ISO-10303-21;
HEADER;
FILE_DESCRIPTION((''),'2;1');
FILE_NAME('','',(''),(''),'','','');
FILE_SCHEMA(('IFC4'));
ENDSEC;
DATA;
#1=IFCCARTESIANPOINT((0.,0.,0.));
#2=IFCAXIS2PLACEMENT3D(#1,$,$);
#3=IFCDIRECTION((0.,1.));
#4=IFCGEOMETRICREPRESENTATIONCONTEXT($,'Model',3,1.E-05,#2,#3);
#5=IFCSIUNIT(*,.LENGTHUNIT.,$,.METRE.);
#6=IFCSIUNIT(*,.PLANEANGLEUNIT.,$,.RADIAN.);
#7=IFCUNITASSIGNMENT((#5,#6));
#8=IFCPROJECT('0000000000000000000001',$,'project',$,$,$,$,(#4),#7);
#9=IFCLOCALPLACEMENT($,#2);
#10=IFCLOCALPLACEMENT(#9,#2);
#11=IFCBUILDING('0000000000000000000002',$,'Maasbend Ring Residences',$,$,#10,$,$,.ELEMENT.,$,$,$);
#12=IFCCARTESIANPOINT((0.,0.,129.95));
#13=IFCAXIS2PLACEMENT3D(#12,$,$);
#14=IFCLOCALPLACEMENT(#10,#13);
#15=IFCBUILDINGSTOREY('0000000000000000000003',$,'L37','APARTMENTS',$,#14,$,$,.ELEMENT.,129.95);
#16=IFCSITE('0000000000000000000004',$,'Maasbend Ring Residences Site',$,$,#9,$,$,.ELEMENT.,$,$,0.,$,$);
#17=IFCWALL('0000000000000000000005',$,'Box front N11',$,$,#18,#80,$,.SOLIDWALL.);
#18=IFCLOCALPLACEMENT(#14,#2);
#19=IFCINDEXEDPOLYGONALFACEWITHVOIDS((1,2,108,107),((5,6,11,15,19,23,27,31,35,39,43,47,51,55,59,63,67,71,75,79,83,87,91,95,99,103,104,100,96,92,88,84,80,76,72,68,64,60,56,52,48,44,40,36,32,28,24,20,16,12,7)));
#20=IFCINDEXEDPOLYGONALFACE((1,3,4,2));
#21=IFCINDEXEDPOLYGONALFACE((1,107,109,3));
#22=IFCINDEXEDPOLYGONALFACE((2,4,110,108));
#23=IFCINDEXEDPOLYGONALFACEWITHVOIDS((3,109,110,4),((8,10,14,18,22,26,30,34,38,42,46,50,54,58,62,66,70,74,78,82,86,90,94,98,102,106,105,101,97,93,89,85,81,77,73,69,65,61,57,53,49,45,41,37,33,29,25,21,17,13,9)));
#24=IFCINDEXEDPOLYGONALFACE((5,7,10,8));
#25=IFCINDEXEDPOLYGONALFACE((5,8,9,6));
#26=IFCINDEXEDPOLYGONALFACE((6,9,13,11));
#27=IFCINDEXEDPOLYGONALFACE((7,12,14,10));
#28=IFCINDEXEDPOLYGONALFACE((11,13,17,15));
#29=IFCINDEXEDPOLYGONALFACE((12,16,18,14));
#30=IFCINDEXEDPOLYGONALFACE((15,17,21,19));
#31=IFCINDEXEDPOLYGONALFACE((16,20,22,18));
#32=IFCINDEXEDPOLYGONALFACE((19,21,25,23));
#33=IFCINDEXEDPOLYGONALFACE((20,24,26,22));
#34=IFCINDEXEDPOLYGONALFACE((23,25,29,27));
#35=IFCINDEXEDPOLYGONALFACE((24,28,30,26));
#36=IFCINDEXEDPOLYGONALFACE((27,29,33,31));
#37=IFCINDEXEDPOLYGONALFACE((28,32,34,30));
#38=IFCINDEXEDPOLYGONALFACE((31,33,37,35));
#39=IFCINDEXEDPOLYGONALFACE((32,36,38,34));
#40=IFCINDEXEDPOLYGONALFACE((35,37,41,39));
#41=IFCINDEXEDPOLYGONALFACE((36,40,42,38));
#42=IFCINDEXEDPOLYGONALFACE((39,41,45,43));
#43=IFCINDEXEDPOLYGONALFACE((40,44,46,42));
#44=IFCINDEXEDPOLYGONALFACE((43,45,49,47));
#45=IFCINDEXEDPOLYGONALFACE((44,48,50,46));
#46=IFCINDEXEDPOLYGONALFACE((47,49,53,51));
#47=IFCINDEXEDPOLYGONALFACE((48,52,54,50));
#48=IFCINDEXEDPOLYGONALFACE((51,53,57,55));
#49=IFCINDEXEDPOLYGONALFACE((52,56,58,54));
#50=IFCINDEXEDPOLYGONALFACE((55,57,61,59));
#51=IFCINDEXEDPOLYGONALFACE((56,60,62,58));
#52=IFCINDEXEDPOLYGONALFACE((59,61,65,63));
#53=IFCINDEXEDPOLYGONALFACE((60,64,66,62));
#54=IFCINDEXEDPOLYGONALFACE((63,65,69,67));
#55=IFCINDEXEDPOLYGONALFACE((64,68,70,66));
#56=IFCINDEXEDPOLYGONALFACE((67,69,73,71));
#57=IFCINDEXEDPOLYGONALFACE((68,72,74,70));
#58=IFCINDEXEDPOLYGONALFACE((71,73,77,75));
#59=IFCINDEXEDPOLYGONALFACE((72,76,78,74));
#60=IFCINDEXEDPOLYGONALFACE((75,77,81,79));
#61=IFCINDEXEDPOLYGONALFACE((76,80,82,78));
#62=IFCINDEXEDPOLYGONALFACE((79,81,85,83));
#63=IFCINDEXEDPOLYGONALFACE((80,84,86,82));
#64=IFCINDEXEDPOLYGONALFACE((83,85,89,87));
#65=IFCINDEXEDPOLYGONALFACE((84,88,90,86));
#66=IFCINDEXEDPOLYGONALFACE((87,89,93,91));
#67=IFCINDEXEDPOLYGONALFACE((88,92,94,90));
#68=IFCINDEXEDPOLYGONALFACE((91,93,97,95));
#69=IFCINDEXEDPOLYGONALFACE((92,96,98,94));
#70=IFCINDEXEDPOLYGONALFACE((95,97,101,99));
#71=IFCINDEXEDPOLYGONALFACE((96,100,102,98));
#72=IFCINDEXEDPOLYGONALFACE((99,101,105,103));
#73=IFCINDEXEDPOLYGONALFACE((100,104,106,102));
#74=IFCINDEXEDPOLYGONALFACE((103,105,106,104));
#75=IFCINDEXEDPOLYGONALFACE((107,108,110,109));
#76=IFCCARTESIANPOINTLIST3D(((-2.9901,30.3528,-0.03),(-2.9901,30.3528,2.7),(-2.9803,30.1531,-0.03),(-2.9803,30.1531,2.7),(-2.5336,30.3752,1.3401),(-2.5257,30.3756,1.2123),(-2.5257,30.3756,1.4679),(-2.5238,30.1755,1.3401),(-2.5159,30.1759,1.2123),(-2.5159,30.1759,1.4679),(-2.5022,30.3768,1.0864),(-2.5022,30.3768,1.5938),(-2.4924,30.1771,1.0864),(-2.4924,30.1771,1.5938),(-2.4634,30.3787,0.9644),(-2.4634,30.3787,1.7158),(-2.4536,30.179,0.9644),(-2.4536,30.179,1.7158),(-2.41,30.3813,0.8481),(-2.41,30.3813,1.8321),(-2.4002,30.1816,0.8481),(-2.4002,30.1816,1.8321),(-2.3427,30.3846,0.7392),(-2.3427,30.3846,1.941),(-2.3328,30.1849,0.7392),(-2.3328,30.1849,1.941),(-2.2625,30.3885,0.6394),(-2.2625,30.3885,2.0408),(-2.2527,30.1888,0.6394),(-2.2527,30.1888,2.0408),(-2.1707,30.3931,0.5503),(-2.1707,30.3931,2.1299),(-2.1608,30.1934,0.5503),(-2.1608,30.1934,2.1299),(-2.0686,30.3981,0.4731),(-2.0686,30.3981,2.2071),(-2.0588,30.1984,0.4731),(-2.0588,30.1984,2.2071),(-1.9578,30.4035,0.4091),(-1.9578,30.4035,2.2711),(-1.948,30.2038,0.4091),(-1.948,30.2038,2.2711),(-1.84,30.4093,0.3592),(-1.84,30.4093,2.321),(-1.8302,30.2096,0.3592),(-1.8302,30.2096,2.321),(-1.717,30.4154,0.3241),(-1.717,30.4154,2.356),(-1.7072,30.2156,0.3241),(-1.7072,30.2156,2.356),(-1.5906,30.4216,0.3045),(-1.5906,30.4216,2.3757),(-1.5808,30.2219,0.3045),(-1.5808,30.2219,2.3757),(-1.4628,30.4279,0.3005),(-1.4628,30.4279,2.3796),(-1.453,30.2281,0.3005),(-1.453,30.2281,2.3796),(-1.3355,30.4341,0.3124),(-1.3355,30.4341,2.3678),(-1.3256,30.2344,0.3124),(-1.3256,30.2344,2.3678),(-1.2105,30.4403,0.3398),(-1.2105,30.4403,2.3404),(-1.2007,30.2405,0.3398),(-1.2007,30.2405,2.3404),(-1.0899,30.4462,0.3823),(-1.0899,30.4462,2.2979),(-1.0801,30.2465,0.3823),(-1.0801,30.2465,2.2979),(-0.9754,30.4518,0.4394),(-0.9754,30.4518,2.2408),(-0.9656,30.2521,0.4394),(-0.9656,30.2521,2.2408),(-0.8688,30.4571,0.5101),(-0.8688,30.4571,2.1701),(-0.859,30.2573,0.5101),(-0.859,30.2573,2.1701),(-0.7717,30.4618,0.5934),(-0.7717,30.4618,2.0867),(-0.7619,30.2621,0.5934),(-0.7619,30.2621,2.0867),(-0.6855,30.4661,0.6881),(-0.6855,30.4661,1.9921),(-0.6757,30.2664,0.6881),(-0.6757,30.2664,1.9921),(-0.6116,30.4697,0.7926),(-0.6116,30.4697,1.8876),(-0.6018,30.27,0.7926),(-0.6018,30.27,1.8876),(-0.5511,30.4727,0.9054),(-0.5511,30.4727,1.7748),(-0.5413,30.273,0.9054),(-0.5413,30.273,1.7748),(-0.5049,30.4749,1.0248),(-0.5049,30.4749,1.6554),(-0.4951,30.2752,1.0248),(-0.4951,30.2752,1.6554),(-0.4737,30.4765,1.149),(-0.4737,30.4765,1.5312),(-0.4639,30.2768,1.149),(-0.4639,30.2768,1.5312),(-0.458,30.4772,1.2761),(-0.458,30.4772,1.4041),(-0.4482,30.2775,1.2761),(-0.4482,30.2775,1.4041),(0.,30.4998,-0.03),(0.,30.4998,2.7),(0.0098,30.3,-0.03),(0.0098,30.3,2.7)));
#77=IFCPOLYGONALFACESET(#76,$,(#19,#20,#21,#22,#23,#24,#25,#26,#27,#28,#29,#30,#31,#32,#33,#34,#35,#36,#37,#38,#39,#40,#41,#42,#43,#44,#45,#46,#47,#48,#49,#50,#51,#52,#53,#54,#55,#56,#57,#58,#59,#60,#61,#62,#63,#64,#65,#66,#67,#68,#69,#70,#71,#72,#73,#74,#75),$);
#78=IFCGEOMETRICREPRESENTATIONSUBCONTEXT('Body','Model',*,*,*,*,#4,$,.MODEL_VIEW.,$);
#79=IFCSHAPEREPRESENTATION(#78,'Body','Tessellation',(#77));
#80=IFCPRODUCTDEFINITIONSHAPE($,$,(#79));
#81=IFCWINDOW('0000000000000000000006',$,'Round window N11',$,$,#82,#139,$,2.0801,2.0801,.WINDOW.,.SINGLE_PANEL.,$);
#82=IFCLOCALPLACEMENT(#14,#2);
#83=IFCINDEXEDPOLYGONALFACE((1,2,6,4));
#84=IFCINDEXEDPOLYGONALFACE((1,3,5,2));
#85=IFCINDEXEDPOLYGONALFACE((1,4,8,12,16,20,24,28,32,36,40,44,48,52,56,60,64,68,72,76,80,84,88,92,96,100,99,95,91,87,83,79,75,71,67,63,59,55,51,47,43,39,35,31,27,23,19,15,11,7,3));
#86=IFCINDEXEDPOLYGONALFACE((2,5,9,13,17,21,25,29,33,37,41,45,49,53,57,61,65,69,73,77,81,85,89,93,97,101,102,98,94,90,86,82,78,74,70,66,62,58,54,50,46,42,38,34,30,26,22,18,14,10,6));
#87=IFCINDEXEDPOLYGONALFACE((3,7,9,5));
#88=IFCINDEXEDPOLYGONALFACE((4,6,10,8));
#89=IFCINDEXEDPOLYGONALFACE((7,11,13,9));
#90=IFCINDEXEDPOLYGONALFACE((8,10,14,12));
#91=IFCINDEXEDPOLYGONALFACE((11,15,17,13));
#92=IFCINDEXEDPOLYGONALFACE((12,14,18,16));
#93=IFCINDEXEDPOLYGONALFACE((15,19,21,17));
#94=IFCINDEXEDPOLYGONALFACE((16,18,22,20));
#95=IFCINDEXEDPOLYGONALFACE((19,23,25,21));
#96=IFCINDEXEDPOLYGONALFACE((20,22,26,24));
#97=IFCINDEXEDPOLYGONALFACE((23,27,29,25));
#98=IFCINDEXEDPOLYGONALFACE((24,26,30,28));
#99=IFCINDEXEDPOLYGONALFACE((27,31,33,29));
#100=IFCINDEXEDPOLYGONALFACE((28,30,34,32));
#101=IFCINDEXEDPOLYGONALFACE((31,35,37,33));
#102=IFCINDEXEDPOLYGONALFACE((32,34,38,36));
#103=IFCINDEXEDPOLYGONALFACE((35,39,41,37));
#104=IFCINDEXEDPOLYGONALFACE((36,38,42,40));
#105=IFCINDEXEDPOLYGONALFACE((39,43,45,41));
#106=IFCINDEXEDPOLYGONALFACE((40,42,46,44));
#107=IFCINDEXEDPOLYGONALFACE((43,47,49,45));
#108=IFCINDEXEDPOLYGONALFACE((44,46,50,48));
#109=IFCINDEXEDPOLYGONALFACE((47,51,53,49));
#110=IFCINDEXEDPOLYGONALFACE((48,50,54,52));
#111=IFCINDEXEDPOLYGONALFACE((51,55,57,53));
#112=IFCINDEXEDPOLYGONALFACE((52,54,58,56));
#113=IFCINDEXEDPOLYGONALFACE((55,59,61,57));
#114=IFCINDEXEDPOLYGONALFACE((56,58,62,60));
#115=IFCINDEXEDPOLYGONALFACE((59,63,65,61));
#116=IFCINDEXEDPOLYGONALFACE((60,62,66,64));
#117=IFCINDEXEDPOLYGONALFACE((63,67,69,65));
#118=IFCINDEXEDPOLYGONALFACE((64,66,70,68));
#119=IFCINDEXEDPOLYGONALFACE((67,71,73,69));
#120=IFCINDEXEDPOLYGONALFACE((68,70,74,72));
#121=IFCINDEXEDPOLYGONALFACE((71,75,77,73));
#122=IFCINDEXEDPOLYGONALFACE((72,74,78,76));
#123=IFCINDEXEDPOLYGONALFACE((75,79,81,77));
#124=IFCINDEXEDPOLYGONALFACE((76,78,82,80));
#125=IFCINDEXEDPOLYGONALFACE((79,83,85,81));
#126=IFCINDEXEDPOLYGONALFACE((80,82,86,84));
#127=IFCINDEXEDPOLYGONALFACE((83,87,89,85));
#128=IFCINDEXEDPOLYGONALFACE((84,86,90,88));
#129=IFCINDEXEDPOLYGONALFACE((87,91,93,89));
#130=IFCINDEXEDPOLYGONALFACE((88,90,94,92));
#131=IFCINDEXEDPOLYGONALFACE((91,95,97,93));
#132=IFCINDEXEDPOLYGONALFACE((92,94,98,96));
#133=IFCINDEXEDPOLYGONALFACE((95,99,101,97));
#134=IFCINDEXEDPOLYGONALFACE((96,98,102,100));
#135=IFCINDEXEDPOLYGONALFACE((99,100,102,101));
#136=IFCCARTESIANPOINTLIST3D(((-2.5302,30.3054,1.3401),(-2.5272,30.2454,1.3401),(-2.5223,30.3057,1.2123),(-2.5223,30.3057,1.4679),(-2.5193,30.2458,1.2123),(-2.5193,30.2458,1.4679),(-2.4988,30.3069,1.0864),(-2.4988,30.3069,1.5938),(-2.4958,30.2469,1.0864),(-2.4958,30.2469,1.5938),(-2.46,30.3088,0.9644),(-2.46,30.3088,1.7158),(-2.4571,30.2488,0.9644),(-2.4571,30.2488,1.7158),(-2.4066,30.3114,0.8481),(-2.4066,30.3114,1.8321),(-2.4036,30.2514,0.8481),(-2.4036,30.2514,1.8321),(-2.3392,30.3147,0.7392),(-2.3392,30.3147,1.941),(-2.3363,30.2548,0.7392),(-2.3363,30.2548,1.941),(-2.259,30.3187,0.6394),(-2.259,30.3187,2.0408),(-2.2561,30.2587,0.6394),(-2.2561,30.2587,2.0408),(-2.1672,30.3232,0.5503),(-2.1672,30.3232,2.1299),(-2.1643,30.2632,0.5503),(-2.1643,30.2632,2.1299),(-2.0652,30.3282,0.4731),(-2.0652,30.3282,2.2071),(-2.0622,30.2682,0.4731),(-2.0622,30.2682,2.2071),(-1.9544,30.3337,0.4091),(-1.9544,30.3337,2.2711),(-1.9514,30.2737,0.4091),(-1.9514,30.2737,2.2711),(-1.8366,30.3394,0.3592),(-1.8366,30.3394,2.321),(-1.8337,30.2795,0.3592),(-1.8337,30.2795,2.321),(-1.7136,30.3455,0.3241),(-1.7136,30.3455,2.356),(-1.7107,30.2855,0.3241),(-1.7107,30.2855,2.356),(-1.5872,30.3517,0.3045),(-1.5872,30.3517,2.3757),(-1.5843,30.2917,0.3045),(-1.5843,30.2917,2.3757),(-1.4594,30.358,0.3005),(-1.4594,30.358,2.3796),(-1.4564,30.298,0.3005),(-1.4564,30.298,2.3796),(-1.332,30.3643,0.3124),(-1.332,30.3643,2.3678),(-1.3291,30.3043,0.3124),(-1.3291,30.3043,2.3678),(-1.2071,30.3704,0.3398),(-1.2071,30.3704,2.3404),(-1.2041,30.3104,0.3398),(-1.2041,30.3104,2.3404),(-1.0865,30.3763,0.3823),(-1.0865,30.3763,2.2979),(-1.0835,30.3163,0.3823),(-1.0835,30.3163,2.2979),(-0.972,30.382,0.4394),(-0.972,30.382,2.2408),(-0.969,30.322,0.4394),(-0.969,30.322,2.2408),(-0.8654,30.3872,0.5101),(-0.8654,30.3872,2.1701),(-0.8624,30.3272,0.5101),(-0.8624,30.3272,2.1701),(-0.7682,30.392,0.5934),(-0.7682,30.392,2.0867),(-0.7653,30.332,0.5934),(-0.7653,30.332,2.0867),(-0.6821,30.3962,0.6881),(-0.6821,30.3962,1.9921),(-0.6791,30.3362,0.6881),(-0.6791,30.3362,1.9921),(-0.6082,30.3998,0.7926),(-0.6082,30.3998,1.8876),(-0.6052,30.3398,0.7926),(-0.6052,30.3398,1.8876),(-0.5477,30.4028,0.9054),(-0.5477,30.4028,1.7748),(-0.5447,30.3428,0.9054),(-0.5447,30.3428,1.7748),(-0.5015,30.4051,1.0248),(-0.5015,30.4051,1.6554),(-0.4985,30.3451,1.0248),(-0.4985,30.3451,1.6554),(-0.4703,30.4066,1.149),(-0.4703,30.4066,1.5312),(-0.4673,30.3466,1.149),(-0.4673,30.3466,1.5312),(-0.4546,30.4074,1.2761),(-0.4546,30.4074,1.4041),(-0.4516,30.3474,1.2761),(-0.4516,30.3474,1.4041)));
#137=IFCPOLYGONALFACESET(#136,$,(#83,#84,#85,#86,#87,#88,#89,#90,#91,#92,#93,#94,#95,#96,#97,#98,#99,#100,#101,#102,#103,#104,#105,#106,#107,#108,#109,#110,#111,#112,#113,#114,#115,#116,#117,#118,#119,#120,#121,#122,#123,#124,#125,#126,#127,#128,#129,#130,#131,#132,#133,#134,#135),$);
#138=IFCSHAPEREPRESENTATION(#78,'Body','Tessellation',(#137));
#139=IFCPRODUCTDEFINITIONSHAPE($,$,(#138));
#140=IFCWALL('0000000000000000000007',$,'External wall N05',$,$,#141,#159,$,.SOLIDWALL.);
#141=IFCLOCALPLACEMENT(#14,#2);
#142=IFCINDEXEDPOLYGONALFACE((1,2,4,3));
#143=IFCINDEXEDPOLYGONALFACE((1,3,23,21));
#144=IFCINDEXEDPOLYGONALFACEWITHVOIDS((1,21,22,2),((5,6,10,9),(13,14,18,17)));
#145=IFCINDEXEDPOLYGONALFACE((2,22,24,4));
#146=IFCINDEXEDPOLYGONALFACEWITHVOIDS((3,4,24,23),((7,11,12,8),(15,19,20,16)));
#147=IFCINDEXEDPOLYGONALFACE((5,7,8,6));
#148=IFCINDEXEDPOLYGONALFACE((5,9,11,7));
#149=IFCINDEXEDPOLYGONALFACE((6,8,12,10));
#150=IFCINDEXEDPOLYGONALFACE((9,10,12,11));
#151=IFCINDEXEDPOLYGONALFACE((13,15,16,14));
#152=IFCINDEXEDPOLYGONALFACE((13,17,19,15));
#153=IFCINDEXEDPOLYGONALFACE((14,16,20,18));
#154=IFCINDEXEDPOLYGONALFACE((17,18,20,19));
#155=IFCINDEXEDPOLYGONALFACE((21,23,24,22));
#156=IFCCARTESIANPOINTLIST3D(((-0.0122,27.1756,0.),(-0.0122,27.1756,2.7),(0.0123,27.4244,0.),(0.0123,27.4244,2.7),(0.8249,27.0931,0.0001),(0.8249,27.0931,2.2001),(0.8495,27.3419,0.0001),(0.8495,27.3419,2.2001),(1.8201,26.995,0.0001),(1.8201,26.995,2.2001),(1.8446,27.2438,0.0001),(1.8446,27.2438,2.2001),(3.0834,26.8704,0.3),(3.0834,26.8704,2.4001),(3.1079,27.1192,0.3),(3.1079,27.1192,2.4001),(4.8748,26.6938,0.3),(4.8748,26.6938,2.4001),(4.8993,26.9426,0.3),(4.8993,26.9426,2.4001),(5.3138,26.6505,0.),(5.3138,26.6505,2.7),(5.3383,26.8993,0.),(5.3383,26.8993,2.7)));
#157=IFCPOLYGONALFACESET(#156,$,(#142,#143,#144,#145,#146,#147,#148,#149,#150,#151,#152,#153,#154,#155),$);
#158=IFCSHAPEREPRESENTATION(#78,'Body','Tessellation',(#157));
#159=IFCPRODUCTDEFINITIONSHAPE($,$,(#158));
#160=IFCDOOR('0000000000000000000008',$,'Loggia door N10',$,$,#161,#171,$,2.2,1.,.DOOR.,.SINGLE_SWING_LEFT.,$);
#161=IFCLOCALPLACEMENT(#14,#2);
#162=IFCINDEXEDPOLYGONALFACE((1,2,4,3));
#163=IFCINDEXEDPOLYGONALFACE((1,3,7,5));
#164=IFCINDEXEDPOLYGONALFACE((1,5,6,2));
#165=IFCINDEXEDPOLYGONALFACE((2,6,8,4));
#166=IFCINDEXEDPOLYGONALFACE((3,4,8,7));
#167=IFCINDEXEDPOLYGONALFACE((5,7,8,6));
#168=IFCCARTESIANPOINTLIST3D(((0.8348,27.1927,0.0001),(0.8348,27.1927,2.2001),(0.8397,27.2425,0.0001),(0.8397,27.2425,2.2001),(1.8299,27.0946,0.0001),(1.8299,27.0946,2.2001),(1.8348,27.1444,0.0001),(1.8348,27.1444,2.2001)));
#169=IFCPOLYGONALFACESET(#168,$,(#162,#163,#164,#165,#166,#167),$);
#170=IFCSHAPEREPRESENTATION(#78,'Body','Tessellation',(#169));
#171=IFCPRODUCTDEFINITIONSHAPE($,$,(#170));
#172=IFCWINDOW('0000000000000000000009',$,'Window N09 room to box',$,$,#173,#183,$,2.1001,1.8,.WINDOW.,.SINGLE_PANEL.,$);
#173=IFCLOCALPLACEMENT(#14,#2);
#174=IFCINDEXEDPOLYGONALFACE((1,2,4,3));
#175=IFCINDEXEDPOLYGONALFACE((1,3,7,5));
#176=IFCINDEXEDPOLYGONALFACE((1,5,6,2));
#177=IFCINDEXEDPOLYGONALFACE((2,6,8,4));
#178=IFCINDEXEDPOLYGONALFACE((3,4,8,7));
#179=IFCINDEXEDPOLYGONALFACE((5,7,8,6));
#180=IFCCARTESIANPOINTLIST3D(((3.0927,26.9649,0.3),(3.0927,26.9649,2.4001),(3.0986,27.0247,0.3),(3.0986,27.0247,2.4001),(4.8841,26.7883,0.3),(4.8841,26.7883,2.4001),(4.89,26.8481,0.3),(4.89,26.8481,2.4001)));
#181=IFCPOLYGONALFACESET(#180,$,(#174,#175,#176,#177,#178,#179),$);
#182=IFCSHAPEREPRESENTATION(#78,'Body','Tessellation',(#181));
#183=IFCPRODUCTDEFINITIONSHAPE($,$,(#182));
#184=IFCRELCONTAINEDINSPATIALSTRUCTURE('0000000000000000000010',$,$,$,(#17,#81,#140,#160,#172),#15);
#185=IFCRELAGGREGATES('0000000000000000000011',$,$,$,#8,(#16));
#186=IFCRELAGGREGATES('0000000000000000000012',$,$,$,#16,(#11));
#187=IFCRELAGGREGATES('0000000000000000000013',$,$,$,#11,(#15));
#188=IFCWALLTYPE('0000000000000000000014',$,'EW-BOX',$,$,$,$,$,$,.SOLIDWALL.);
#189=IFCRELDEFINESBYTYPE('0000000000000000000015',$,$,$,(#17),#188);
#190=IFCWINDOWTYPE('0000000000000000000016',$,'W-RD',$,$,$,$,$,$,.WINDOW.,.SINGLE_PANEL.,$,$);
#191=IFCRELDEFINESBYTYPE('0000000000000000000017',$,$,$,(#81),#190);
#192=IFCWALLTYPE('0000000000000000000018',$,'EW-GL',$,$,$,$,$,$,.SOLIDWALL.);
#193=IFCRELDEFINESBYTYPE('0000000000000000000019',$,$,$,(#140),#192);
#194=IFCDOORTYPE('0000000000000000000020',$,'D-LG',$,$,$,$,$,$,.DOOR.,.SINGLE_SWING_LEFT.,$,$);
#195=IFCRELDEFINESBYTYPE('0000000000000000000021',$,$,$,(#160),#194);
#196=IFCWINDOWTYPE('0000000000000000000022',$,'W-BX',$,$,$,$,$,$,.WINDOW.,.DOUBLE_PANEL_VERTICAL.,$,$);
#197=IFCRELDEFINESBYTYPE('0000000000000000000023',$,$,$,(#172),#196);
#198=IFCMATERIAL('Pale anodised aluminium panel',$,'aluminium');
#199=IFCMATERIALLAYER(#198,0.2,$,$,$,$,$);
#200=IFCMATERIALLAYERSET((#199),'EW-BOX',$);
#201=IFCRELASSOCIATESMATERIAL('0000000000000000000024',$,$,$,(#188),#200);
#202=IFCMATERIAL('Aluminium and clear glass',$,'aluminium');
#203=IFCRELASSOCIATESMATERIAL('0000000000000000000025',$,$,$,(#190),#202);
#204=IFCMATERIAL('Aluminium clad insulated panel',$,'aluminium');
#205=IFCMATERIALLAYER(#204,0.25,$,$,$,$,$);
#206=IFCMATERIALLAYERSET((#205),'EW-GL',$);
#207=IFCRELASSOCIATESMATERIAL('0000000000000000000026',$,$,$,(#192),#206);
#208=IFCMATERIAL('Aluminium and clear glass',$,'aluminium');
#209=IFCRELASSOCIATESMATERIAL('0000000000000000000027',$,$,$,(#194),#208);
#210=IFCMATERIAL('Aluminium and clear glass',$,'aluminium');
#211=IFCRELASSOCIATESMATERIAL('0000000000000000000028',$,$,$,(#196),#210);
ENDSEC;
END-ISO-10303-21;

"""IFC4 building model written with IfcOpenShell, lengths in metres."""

from ifc_helpers import new_model, si_unit, direction, frame, frame_2d, origin, place, context, subcontext, project, spatial, rectangle, circle, extrude, material, layer, layer_set, type_object, element, fill, save


model = new_model("IFC4")

# Units and contexts
model_context = context("Model", 3, precision=1e-05, world=origin(), true_north=direction((0.0, 1.0)))
body_context = subcontext(model_context, "Body", "Model", "MODEL_VIEW")
ifc_project = project(units=[si_unit("LENGTHUNIT", "METRE"), si_unit("PLANEANGLEUNIT", "RADIAN")], contexts=[model_context])

# Site, building, storey
site_placement = place(None, origin())
site = spatial("IfcSite", under=ifc_project, at=site_placement, Name="Maasbend Ring Residences Site", CompositionType="ELEMENT", RefElevation=0.0)
building_placement = place(site_placement, origin())
building = spatial("IfcBuilding", under=site, at=building_placement, Name="Maasbend Ring Residences", CompositionType="ELEMENT")
storey_placement = place(building_placement, frame((0.0, 0.0, 129.95)))
storey = spatial("IfcBuildingStorey", under=building, at=storey_placement, Name="L37", Description="APARTMENTS", CompositionType="ELEMENT", Elevation=129.95)

# Shared definitions
ifc_material_1 = material(Name="Pale anodised aluminium panel", Category="aluminium")
ifc_layer_1 = layer(ifc_material_1, 0.2)
ifc_layer_set_1 = layer_set([ifc_layer_1], Name="EW-BOX")
wall_type_1 = type_object("IfcWallType", Name="EW-BOX", PredefinedType="SOLIDWALL", material=ifc_layer_set_1)

# Shared definitions
ifc_material_2 = material(Name="Aluminium and clear glass", Category="aluminium")
window_type_1 = type_object("IfcWindowType", Name="W-RD", PartitioningType="SINGLE_PANEL", PredefinedType="WINDOW", material=ifc_material_2)

# Wall, opening, window
wall_1_placement = place(storey_placement, frame((0.0049, 30.3999, -0.03), z_axis=(0.0, 0.0, 1.0), x_axis=(-0.998794, -0.049096, 0.0)))
wall_1 = element("IfcWall", 1, at=wall_1_placement, inside=storey, type_object=wall_type_1, Name="Box front N11", PredefinedType="SOLIDWALL", context=body_context, shape_type="SweptSolid", body=[
    extrude(rectangle(XDim=2.9937, YDim=0.2, at=frame_2d((1.4968, 0.0))), origin(), (0.0, 0.0, 1.0), 2.73),
])
opening_1_placement = place(wall_1_placement, frame((0.4565, 0.0, 0.3301)))
opening_1 = element("IfcOpeningElement", 2, at=opening_1_placement, cuts=wall_1, PredefinedType="OPENING", context=body_context, shape_type="SweptSolid", body=[
    extrude(circle(Radius=1.04, at=frame_2d((1.04, 1.04))), frame((0.0, 0.1099, 0.0), z_axis=(0.0, -1.0, 0.0), x_axis=(1.0, 0.0, 0.0)), (0.0, 0.0, 1.0), 0.22),
])
window_1_placement = place(opening_1_placement, origin())
window_1 = element("IfcWindow", 3, at=window_1_placement, inside=storey, type_object=window_type_1, Name="Round window N11", OverallHeight=2.0801, OverallWidth=2.0801, PartitioningType="SINGLE_PANEL", PredefinedType="WINDOW", context=body_context, shape_type="SweptSolid", body=[
    extrude(circle(Radius=1.04, at=frame_2d((1.04, 1.04))), frame((0.0, 0.03, 0.0), z_axis=(0.0, -1.0, 0.0), x_axis=(1.0, 0.0, 0.0)), (0.0, 0.0, 1.0), 0.0601),
])
fill(opening_1, window_1)

# Wall, openings, door, window
ifc_material_3 = material(Name="Aluminium clad insulated panel", Category="aluminium")
ifc_layer_2 = layer(ifc_material_3, 0.25)
ifc_layer_set_2 = layer_set([ifc_layer_2], Name="EW-GL")
wall_type_2 = type_object("IfcWallType", Name="EW-GL", PredefinedType="SOLIDWALL", material=ifc_layer_set_2)
wall_2_placement = place(storey_placement, frame((5.3259, 26.7749, 0.0), z_axis=(0.0, 0.0, 1.0), x_axis=(-0.995174, 0.098126, 0.0)))
wall_2 = element("IfcWall", 4, at=wall_2_placement, inside=storey, type_object=wall_type_2, Name="External wall N05", PredefinedType="SOLIDWALL", context=body_context, shape_type="SweptSolid", body=[
    extrude(rectangle(XDim=5.3518, YDim=0.25, at=frame_2d((2.6758, 0.0))), origin(), (0.0, 0.0, 1.0), 2.7),
])
opening_2_placement = place(wall_2_placement, frame((0.4412, 0.0, 0.3)))
opening_2 = element("IfcOpeningElement", 5, at=opening_2_placement, cuts=wall_2, PredefinedType="OPENING", context=body_context, shape_type="SweptSolid", body=[
    extrude(rectangle(XDim=1.8, YDim=2.1001, at=frame_2d((0.8999, 1.05))), frame((0.0, 0.135, 0.0), z_axis=(0.0, -1.0, 0.0), x_axis=(1.0, 0.0, 0.0)), (0.0, 0.0, 1.0), 0.27),
])
opening_3_placement = place(wall_2_placement, frame((3.5105, 0.0, 0.0)))
opening_3 = element("IfcOpeningElement", 6, at=opening_3_placement, cuts=wall_2, PredefinedType="OPENING", context=body_context, shape_type="SweptSolid", body=[
    extrude(rectangle(XDim=1.0, YDim=2.2, at=frame_2d((0.5, 1.1001))), frame((0.0, 0.135, 0.0), z_axis=(0.0, -1.0, 0.0), x_axis=(1.0, 0.0, 0.0)), (0.0, 0.0, 1.0), 0.27),
])
ifc_material_4 = material(Name="Aluminium and clear glass", Category="aluminium")
door_type_1 = type_object("IfcDoorType", Name="D-LG", OperationType="SINGLE_SWING_LEFT", PredefinedType="DOOR", material=ifc_material_4)
door_1_placement = place(opening_3_placement, origin())
door_1 = element("IfcDoor", 7, at=door_1_placement, inside=storey, type_object=door_type_1, Name="Loggia door N10", OperationType="SINGLE_SWING_LEFT", OverallHeight=2.2, OverallWidth=1.0, PredefinedType="DOOR", context=body_context, shape_type="SweptSolid", body=[
    extrude(rectangle(XDim=1.0, YDim=2.2, at=frame_2d((0.5, 1.1001))), frame((0.0, 0.0249, 0.0), z_axis=(0.0, -1.0, 0.0), x_axis=(1.0, 0.0, 0.0)), (0.0, 0.0, 1.0), 0.05),
])
fill(opening_3, door_1)
ifc_material_5 = material(Name="Aluminium and clear glass", Category="aluminium")
window_type_2 = type_object("IfcWindowType", Name="W-BX", PartitioningType="DOUBLE_PANEL_VERTICAL", PredefinedType="WINDOW", material=ifc_material_5)
window_2_placement = place(opening_2_placement, origin())
window_2 = element("IfcWindow", 8, at=window_2_placement, inside=storey, type_object=window_type_2, Name="Window N09 room to box", OverallHeight=2.1001, OverallWidth=1.8, PartitioningType="SINGLE_PANEL", PredefinedType="WINDOW", context=body_context, shape_type="SweptSolid", body=[
    extrude(rectangle(XDim=1.8, YDim=2.1001, at=frame_2d((0.8999, 1.05))), frame((0.0, 0.03, 0.0), z_axis=(0.0, -1.0, 0.0), x_axis=(1.0, 0.0, 0.0)), (0.0, 0.0, 1.0), 0.0601),
])
fill(opening_2, window_2)

save(model, "model.ifc")
